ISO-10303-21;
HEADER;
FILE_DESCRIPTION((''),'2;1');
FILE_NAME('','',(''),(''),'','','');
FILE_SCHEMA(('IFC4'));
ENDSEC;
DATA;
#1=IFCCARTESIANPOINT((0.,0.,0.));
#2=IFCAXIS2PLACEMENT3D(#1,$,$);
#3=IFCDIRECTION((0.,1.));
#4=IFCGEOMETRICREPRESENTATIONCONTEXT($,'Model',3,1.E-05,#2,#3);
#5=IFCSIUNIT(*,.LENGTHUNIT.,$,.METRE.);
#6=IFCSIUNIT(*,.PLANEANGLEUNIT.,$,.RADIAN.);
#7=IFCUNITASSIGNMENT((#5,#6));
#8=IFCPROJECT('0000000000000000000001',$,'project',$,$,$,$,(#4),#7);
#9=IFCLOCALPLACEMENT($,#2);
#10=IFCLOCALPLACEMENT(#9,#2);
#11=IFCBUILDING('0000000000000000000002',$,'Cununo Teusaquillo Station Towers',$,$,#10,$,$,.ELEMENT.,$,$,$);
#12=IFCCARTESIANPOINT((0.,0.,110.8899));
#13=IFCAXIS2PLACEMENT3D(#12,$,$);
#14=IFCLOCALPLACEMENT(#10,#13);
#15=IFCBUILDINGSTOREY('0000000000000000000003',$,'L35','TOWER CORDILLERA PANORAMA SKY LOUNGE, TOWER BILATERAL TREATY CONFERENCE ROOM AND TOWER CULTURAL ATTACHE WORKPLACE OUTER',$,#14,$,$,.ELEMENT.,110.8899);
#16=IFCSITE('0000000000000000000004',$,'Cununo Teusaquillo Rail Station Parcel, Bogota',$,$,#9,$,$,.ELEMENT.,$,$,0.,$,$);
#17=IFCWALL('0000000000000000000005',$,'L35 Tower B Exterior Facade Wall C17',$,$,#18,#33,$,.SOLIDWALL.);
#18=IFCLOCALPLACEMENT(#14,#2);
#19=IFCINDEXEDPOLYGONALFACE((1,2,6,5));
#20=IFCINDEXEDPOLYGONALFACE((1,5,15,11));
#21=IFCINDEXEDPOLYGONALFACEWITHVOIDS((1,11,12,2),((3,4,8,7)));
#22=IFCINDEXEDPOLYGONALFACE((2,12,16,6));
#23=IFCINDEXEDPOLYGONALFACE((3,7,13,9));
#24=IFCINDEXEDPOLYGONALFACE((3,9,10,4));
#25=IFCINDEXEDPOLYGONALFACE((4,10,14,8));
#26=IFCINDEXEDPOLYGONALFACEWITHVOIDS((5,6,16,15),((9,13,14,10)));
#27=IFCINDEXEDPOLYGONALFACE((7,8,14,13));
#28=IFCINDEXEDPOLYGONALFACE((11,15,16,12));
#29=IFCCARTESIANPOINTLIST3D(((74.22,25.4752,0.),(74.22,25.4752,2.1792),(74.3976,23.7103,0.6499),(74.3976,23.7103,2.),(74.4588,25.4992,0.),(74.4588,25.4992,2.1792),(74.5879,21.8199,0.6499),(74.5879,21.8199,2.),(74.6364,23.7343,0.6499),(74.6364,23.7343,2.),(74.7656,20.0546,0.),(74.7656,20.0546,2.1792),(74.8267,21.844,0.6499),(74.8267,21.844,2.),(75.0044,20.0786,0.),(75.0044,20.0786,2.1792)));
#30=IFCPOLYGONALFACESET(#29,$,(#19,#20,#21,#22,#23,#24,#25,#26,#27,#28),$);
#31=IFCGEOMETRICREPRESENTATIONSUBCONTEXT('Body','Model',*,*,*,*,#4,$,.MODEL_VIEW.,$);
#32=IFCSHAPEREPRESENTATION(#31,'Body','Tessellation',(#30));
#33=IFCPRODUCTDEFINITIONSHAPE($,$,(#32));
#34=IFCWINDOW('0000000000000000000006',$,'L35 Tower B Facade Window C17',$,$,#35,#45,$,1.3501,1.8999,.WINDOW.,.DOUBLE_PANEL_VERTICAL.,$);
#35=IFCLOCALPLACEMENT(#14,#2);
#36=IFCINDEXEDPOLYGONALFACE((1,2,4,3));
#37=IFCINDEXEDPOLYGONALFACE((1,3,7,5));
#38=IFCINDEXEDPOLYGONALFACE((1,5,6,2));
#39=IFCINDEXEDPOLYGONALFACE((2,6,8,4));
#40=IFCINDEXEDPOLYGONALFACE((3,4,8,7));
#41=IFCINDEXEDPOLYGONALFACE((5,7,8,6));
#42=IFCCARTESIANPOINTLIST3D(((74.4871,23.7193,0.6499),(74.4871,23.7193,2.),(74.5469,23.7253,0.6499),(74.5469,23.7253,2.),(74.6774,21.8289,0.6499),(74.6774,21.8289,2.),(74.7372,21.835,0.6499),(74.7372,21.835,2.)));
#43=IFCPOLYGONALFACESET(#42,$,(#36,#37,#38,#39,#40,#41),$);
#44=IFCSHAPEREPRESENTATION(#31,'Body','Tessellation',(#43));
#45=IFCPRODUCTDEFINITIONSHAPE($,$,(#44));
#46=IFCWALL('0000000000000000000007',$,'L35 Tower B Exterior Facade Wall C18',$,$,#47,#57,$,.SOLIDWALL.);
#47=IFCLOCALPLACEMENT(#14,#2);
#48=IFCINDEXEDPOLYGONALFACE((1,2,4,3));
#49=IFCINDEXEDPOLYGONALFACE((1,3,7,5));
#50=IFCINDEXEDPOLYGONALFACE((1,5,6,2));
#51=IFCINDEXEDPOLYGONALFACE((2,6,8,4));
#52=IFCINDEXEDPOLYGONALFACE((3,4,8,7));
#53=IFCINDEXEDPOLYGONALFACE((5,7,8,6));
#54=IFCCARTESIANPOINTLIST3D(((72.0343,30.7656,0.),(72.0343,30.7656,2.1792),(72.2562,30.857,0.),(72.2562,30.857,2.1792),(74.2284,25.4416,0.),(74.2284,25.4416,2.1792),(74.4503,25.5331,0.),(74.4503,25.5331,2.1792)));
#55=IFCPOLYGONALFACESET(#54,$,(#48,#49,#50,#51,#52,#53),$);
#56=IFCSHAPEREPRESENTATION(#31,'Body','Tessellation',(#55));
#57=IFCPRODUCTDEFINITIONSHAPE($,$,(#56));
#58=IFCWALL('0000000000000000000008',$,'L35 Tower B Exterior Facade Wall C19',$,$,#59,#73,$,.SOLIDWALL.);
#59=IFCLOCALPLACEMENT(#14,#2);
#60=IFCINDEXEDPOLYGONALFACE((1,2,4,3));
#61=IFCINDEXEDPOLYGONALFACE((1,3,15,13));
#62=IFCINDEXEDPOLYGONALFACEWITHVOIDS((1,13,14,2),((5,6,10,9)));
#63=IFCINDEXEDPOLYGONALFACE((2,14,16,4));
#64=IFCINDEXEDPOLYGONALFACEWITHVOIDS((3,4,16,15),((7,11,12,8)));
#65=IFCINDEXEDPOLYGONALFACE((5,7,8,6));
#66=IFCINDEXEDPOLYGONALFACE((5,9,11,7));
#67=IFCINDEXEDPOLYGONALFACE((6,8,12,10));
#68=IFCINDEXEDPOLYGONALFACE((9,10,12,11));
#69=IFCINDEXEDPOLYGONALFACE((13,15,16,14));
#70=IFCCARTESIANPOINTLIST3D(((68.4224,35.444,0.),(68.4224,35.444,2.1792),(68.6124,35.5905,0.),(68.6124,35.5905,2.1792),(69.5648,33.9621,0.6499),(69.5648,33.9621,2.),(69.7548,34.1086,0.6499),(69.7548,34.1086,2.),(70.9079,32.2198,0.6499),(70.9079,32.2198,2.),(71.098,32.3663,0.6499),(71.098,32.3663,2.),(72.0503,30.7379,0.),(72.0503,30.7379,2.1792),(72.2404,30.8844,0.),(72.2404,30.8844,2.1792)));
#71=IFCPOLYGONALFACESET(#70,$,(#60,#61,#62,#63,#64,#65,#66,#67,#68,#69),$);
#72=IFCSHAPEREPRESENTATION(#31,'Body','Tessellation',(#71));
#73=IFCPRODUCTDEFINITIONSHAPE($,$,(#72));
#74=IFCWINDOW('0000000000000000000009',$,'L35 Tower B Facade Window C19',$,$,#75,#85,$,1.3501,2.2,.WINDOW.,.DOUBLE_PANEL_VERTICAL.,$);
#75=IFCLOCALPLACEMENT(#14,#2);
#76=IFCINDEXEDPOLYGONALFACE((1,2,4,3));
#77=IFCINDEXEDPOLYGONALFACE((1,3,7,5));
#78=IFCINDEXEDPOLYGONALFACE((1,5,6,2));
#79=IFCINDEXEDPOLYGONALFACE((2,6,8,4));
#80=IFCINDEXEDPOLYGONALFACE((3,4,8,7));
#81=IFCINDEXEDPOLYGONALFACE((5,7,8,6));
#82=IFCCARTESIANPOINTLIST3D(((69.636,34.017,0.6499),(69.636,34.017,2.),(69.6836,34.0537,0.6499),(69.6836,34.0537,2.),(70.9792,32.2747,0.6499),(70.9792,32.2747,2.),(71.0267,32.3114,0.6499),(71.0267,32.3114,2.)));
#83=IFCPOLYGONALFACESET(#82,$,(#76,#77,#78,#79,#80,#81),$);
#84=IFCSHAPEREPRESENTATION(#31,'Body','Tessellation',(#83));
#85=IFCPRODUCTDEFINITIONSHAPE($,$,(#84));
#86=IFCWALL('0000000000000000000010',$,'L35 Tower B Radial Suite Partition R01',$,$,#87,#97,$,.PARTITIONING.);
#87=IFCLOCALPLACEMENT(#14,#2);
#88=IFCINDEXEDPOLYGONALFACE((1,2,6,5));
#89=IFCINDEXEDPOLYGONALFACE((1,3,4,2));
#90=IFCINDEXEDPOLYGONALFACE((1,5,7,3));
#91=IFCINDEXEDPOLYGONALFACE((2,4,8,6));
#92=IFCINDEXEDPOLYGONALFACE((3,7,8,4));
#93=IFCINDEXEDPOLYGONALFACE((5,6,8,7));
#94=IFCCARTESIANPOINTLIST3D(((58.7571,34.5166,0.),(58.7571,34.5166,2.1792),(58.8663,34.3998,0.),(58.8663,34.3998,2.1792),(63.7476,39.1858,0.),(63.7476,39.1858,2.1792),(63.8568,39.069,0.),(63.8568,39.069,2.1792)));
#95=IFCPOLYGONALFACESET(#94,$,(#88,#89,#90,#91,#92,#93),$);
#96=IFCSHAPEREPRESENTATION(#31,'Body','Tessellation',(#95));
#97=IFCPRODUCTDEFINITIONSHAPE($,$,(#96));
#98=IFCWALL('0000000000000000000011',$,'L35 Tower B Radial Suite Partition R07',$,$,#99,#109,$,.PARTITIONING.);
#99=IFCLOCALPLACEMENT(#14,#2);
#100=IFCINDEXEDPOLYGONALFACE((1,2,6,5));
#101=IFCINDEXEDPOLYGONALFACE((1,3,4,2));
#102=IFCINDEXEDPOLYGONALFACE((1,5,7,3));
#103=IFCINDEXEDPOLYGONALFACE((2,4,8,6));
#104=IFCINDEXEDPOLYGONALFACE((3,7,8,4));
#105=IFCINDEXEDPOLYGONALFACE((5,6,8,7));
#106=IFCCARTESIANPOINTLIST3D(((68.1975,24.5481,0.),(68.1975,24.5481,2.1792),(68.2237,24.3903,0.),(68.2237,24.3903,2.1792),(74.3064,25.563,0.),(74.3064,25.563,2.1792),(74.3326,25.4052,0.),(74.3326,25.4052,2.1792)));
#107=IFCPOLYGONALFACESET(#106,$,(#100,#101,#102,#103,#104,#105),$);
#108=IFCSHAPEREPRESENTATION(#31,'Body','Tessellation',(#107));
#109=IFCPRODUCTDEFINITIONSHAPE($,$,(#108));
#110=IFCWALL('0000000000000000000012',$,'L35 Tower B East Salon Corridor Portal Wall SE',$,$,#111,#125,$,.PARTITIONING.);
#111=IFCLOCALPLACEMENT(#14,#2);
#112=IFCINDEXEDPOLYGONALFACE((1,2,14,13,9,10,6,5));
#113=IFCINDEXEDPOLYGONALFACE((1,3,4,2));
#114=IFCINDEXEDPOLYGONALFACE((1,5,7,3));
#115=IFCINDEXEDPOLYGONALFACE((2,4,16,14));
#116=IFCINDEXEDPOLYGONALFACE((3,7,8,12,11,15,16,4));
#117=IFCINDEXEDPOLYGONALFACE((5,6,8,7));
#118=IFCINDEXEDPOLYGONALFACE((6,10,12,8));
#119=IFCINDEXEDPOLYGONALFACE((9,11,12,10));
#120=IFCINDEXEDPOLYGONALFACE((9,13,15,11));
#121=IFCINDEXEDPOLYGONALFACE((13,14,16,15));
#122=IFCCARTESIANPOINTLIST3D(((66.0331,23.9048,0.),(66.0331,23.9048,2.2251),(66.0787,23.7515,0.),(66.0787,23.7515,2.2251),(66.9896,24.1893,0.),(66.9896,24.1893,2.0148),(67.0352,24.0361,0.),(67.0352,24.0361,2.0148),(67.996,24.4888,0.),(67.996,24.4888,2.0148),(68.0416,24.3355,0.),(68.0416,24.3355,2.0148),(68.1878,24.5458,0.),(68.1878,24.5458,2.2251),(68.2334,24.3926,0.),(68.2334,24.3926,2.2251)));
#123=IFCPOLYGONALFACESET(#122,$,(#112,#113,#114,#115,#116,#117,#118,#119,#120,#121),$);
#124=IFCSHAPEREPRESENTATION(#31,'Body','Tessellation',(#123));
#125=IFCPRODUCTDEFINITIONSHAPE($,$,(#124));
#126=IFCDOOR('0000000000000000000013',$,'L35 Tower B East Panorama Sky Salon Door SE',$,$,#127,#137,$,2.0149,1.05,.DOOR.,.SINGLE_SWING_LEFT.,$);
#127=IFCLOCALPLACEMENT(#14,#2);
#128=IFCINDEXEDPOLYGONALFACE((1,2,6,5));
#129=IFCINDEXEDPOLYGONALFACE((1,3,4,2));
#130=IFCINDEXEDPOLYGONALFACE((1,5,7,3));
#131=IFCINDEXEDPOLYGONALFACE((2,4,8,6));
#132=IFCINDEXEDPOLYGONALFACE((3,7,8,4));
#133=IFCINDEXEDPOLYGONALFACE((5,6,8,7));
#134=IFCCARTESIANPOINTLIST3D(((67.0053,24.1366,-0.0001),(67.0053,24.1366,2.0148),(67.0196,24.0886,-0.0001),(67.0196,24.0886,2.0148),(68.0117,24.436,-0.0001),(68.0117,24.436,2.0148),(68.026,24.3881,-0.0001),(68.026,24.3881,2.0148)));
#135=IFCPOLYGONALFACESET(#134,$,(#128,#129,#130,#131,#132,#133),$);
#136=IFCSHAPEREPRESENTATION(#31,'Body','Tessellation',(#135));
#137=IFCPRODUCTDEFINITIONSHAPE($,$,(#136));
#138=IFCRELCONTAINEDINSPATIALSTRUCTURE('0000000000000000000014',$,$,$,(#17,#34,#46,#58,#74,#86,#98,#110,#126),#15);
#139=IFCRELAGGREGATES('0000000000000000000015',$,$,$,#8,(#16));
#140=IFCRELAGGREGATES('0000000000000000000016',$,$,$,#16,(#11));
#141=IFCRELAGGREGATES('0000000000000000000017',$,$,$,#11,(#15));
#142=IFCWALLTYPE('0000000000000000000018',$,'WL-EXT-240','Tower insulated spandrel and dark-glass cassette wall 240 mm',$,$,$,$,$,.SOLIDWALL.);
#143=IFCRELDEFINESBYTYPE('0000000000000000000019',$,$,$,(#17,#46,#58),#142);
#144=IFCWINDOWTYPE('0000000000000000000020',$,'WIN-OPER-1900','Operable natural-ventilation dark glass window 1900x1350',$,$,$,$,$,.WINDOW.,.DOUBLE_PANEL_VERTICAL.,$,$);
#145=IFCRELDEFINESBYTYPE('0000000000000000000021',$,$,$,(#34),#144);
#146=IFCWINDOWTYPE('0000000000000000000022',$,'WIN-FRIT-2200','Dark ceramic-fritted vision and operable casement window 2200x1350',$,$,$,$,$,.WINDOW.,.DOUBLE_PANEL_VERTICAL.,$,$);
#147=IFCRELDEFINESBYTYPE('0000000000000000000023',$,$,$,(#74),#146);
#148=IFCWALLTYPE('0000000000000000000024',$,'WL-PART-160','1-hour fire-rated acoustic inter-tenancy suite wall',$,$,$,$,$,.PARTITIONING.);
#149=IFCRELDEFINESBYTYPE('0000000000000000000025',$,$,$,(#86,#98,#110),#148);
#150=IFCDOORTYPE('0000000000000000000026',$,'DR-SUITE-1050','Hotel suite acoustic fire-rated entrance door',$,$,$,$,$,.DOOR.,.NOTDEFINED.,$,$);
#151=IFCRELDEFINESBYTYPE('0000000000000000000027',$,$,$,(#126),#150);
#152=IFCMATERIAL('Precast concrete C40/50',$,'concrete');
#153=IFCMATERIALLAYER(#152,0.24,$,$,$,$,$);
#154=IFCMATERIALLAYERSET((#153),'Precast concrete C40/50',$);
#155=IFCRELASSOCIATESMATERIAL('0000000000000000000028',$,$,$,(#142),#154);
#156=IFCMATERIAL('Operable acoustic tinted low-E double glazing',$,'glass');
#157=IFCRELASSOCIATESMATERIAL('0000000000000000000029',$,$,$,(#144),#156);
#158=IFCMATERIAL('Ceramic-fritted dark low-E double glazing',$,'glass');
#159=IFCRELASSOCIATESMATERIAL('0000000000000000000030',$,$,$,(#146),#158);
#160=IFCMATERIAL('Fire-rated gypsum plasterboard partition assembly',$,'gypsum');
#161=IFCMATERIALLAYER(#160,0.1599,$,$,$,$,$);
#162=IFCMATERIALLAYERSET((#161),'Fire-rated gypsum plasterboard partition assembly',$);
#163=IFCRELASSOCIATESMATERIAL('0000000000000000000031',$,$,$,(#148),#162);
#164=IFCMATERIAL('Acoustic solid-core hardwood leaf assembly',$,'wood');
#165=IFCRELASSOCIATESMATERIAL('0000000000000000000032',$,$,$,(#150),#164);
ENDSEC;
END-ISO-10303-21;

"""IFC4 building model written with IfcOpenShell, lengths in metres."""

from ifc_helpers import new_model, si_unit, direction, frame, frame_2d, origin, place, context, subcontext, project, spatial, rectangle, extrude, source, transform, mapped, material, layer, layer_set, type_object, element, fill, save


model = new_model("IFC4")

# Units and contexts
model_context = context("Model", 3, precision=1e-05, world=origin(), true_north=direction((0.0, 1.0)))
body_context = subcontext(model_context, "Body", "Model", "MODEL_VIEW")
ifc_project = project(units=[si_unit("LENGTHUNIT", "METRE"), si_unit("PLANEANGLEUNIT", "RADIAN")], contexts=[model_context])

# Site, building, storey
site_placement = place(None, origin())
site = spatial("IfcSite", under=ifc_project, at=site_placement, Name="Cununo Teusaquillo Rail Station Parcel, Bogota", CompositionType="ELEMENT", RefElevation=0.0)
building_placement = place(site_placement, origin())
building = spatial("IfcBuilding", under=site, at=building_placement, Name="Cununo Teusaquillo Station Towers", CompositionType="ELEMENT")
storey_placement = place(building_placement, frame((0.0, 0.0, 110.8899)))
storey = spatial("IfcBuildingStorey", under=building, at=storey_placement, Name="L35", Description="TOWER CORDILLERA PANORAMA SKY LOUNGE, TOWER BILATERAL TREATY CONFERENCE ROOM AND TOWER CULTURAL ATTACHE WORKPLACE OUTER", CompositionType="ELEMENT", Elevation=110.8899)

# Wall, opening, window
ifc_material_1 = material(Name="Precast concrete C40/50", Category="concrete")
ifc_layer_1 = layer(ifc_material_1, 0.24)
ifc_layer_set_1 = layer_set([ifc_layer_1], Name="Precast concrete C40/50")
wall_type_1 = type_object("IfcWallType", Name="WL-EXT-240", Description="Tower insulated spandrel and dark-glass cassette wall 240 mm", PredefinedType="SOLIDWALL", material=ifc_layer_set_1)
wall_1_placement = place(storey_placement, frame((74.3394, 25.4873, 0.0), z_axis=(0.0, 0.0, 1.0), x_axis=(0.100156, -0.994972, 0.0)))
wall_1 = element("IfcWall", 1, at=wall_1_placement, inside=storey, type_object=wall_type_1, Name="L35 Tower B Exterior Facade Wall C17", PredefinedType="SOLIDWALL", context=body_context, shape_type="SweptSolid", body=[
    extrude(rectangle(XDim=5.448, YDim=0.24, at=frame_2d((2.7241, 0.0))), origin(), (0.0, 0.0, 1.0), 2.1792),
])
shared_shape_1 = source(origin(), body_context, "Body", "SweptSolid", [
    extrude(rectangle(XDim=1.8999, YDim=1.3501, at=frame_2d((0.95, 0.675))), frame((0.0, 0.1299, 0.0), z_axis=(0.0, -1.0, 0.0), x_axis=(1.0, 0.0, 0.0)), (0.0, 0.0, 1.0), 0.26),
])
opening_1_placement = place(wall_1_placement, frame((1.7739, 0.0, 0.6499)))
opening_1 = element("IfcOpeningElement", 2, at=opening_1_placement, cuts=wall_1, PredefinedType="OPENING", context=body_context, shape_type="MappedRepresentation", body=[
    mapped(shared_shape_1, transform((0.0, 0.0, 0.0), x_axis=(1.0, 0.0, 0.0), y_axis=(0.0, 1.0, 0.0), z_axis=(0.0, 0.0, 1.0), scale=1.0)),
])
ifc_material_2 = material(Name="Operable acoustic tinted low-E double glazing", Category="glass")
window_type_1 = type_object("IfcWindowType", Name="WIN-OPER-1900", Description="Operable natural-ventilation dark glass window 1900x1350", PartitioningType="DOUBLE_PANEL_VERTICAL", PredefinedType="WINDOW", material=ifc_material_2)
shared_shape_2 = source(origin(), body_context, "Body", "SweptSolid", [
    extrude(rectangle(XDim=1.8999, YDim=1.3501, at=frame_2d((0.95, 0.675))), frame((0.0, 0.03, 0.0), z_axis=(0.0, -1.0, 0.0), x_axis=(1.0, 0.0, 0.0)), (0.0, 0.0, 1.0), 0.0601),
])
window_1_placement = place(opening_1_placement, origin())
window_1 = element("IfcWindow", 3, at=window_1_placement, inside=storey, type_object=window_type_1, Name="L35 Tower B Facade Window C17", OverallHeight=1.3501, OverallWidth=1.8999, PartitioningType="DOUBLE_PANEL_VERTICAL", PredefinedType="WINDOW", context=body_context, shape_type="MappedRepresentation", body=[
    mapped(shared_shape_2, transform((0.0, 0.0, 0.0), x_axis=(1.0, 0.0, 0.0), y_axis=(0.0, 1.0, 0.0), z_axis=(0.0, 0.0, 1.0), scale=1.0)),
])
fill(opening_1, window_1)

# Wall
wall_2_placement = place(storey_placement, frame((72.1453, 30.8113, 0.0), z_axis=(0.0, 0.0, 1.0), x_axis=(0.381027, -0.924564, 0.0)))
element("IfcWall", 4, at=wall_2_placement, inside=storey, type_object=wall_type_1, Name="L35 Tower B Exterior Facade Wall C18", PredefinedType="SOLIDWALL", context=body_context, shape_type="SweptSolid", body=[
    extrude(rectangle(XDim=5.7583, YDim=0.24, at=frame_2d((2.8792, 0.0))), origin(), (0.0, 0.0, 1.0), 2.1792),
])

# Wall, opening, window
wall_3_placement = place(storey_placement, frame((68.5173, 35.5173, 0.0), z_axis=(0.0, 0.0, 1.0), x_axis=(0.610544, -0.791982, 0.0)))
wall_3 = element("IfcWall", 5, at=wall_3_placement, inside=storey, type_object=wall_type_1, Name="L35 Tower B Exterior Facade Wall C19", PredefinedType="SOLIDWALL", context=body_context, shape_type="SweptSolid", body=[
    extrude(rectangle(XDim=5.9421, YDim=0.24, at=frame_2d((2.9712, 0.0))), origin(), (0.0, 0.0, 1.0), 2.1792),
])
shared_shape_3 = source(origin(), body_context, "Body", "SweptSolid", [
    extrude(rectangle(XDim=2.2, YDim=1.3501, at=frame_2d((1.1001, 0.675))), frame((0.0, 0.1299, 0.0), z_axis=(0.0, -1.0, 0.0), x_axis=(1.0, 0.0, 0.0)), (0.0, 0.0, 1.0), 0.26),
])
opening_2_placement = place(wall_3_placement, frame((1.8711, 0.0, 0.6499)))
opening_2 = element("IfcOpeningElement", 6, at=opening_2_placement, cuts=wall_3, PredefinedType="OPENING", context=body_context, shape_type="MappedRepresentation", body=[
    mapped(shared_shape_3, transform((0.0, 0.0, 0.0), x_axis=(1.0, 0.0, 0.0), y_axis=(0.0, 1.0, 0.0), z_axis=(0.0, 0.0, 1.0), scale=1.0)),
])
ifc_material_3 = material(Name="Ceramic-fritted dark low-E double glazing", Category="glass")
window_type_2 = type_object("IfcWindowType", Name="WIN-FRIT-2200", Description="Dark ceramic-fritted vision and operable casement window 2200x1350", PartitioningType="DOUBLE_PANEL_VERTICAL", PredefinedType="WINDOW", material=ifc_material_3)
shared_shape_4 = source(origin(), body_context, "Body", "SweptSolid", [
    extrude(rectangle(XDim=2.2, YDim=1.3501, at=frame_2d((1.1001, 0.675))), frame((0.0, 0.03, 0.0), z_axis=(0.0, -1.0, 0.0), x_axis=(1.0, 0.0, 0.0)), (0.0, 0.0, 1.0), 0.0601),
])
window_2_placement = place(opening_2_placement, origin())
window_2 = element("IfcWindow", 7, at=window_2_placement, inside=storey, type_object=window_type_2, Name="L35 Tower B Facade Window C19", OverallHeight=1.3501, OverallWidth=2.2, PartitioningType="DOUBLE_PANEL_VERTICAL", PredefinedType="WINDOW", context=body_context, shape_type="MappedRepresentation", body=[
    mapped(shared_shape_4, transform((0.0, 0.0, 0.0), x_axis=(1.0, 0.0, 0.0), y_axis=(0.0, 1.0, 0.0), z_axis=(0.0, 0.0, 1.0), scale=1.0)),
])
fill(opening_2, window_2)

# Walls
ifc_material_4 = material(Name="Fire-rated gypsum plasterboard partition assembly", Category="gypsum")
ifc_layer_2 = layer(ifc_material_4, 0.1599)
ifc_layer_set_2 = layer_set([ifc_layer_2], Name="Fire-rated gypsum plasterboard partition assembly")
wall_type_2 = type_object("IfcWallType", Name="WL-PART-160", Description="1-hour fire-rated acoustic inter-tenancy suite wall", PredefinedType="PARTITIONING", material=ifc_layer_set_2)
wall_4_placement = place(storey_placement, frame((58.8118, 34.4583, 0.0), z_axis=(0.0, 0.0, 1.0), x_axis=(0.730222, 0.68321, 0.0)))
element("IfcWall", 8, at=wall_4_placement, inside=storey, type_object=wall_type_2, Name="L35 Tower B Radial Suite Partition R01", PredefinedType="PARTITIONING", context=body_context, shape_type="SweptSolid", body=[
    extrude(rectangle(XDim=6.8342, YDim=0.1599, at=frame_2d((3.417, 0.0))), origin(), (0.0, 0.0, 1.0), 2.1792),
])
wall_5_placement = place(storey_placement, frame((68.2107, 24.4692, 0.0), z_axis=(0.0, 0.0, 1.0), x_axis=(0.986479, 0.163888, 0.0)))
element("IfcWall", 9, at=wall_5_placement, inside=storey, type_object=wall_type_2, Name="L35 Tower B Radial Suite Partition R07", PredefinedType="PARTITIONING", context=body_context, shape_type="SweptSolid", body=[
    extrude(rectangle(XDim=6.1926, YDim=0.1599, at=frame_2d((3.0962, 0.0))), origin(), (0.0, 0.0, 1.0), 2.1792),
])

# Wall, opening, door
wall_6_placement = place(storey_placement, frame((66.0559, 23.8281, 0.0), z_axis=(0.0, 0.0, 1.0), x_axis=(0.958475, 0.285175, 0.0)))
wall_6 = element("IfcWall", 10, at=wall_6_placement, inside=storey, type_object=wall_type_2, Name="L35 Tower B East Salon Corridor Portal Wall SE", PredefinedType="PARTITIONING", context=body_context, shape_type="SweptSolid", body=[
    extrude(rectangle(XDim=2.248, YDim=0.1599, at=frame_2d((1.124, 0.0))), origin(), (0.0, 0.0, 1.0), 2.2251),
])
shared_shape_5 = source(origin(), body_context, "Body", "SweptSolid", [
    extrude(rectangle(XDim=1.05, YDim=2.0149, at=frame_2d((0.5249, 1.0073))), frame((0.0, 0.0898, 0.0), z_axis=(0.0, -1.0, 0.0), x_axis=(1.0, 0.0, 0.0)), (0.0, 0.0, 1.0), 0.1799),
])
opening_3_placement = place(wall_6_placement, frame((0.998, 0.0, 0.0)))
opening_3 = element("IfcOpeningElement", 11, at=opening_3_placement, cuts=wall_6, PredefinedType="OPENING", context=body_context, shape_type="MappedRepresentation", body=[
    mapped(shared_shape_5, transform((0.0, 0.0, 0.0), x_axis=(1.0, 0.0, 0.0), y_axis=(0.0, 1.0, 0.0), z_axis=(0.0, 0.0, 1.0), scale=1.0)),
])
ifc_material_5 = material(Name="Acoustic solid-core hardwood leaf assembly", Category="wood")
door_type = type_object("IfcDoorType", Name="DR-SUITE-1050", Description="Hotel suite acoustic fire-rated entrance door", OperationType="NOTDEFINED", PredefinedType="DOOR", material=ifc_material_5)
shared_shape_6 = source(origin(), body_context, "Body", "SweptSolid", [
    extrude(rectangle(XDim=1.05, YDim=2.0149, at=frame_2d((0.5249, 1.0073))), frame((0.0, 0.0249, 0.0), z_axis=(0.0, -1.0, 0.0), x_axis=(1.0, 0.0, 0.0)), (0.0, 0.0, 1.0), 0.05),
])
door_placement = place(opening_3_placement, origin())
door = element("IfcDoor", 12, at=door_placement, inside=storey, type_object=door_type, Name="L35 Tower B East Panorama Sky Salon Door SE", OperationType="SINGLE_SWING_LEFT", OverallHeight=2.0149, OverallWidth=1.05, PredefinedType="DOOR", context=body_context, shape_type="MappedRepresentation", body=[
    mapped(shared_shape_6, transform((0.0, 0.0, 0.0), x_axis=(1.0, 0.0, 0.0), y_axis=(0.0, 1.0, 0.0), z_axis=(0.0, 0.0, 1.0), scale=1.0)),
])
fill(opening_3, door)

save(model, "model.ifc")
